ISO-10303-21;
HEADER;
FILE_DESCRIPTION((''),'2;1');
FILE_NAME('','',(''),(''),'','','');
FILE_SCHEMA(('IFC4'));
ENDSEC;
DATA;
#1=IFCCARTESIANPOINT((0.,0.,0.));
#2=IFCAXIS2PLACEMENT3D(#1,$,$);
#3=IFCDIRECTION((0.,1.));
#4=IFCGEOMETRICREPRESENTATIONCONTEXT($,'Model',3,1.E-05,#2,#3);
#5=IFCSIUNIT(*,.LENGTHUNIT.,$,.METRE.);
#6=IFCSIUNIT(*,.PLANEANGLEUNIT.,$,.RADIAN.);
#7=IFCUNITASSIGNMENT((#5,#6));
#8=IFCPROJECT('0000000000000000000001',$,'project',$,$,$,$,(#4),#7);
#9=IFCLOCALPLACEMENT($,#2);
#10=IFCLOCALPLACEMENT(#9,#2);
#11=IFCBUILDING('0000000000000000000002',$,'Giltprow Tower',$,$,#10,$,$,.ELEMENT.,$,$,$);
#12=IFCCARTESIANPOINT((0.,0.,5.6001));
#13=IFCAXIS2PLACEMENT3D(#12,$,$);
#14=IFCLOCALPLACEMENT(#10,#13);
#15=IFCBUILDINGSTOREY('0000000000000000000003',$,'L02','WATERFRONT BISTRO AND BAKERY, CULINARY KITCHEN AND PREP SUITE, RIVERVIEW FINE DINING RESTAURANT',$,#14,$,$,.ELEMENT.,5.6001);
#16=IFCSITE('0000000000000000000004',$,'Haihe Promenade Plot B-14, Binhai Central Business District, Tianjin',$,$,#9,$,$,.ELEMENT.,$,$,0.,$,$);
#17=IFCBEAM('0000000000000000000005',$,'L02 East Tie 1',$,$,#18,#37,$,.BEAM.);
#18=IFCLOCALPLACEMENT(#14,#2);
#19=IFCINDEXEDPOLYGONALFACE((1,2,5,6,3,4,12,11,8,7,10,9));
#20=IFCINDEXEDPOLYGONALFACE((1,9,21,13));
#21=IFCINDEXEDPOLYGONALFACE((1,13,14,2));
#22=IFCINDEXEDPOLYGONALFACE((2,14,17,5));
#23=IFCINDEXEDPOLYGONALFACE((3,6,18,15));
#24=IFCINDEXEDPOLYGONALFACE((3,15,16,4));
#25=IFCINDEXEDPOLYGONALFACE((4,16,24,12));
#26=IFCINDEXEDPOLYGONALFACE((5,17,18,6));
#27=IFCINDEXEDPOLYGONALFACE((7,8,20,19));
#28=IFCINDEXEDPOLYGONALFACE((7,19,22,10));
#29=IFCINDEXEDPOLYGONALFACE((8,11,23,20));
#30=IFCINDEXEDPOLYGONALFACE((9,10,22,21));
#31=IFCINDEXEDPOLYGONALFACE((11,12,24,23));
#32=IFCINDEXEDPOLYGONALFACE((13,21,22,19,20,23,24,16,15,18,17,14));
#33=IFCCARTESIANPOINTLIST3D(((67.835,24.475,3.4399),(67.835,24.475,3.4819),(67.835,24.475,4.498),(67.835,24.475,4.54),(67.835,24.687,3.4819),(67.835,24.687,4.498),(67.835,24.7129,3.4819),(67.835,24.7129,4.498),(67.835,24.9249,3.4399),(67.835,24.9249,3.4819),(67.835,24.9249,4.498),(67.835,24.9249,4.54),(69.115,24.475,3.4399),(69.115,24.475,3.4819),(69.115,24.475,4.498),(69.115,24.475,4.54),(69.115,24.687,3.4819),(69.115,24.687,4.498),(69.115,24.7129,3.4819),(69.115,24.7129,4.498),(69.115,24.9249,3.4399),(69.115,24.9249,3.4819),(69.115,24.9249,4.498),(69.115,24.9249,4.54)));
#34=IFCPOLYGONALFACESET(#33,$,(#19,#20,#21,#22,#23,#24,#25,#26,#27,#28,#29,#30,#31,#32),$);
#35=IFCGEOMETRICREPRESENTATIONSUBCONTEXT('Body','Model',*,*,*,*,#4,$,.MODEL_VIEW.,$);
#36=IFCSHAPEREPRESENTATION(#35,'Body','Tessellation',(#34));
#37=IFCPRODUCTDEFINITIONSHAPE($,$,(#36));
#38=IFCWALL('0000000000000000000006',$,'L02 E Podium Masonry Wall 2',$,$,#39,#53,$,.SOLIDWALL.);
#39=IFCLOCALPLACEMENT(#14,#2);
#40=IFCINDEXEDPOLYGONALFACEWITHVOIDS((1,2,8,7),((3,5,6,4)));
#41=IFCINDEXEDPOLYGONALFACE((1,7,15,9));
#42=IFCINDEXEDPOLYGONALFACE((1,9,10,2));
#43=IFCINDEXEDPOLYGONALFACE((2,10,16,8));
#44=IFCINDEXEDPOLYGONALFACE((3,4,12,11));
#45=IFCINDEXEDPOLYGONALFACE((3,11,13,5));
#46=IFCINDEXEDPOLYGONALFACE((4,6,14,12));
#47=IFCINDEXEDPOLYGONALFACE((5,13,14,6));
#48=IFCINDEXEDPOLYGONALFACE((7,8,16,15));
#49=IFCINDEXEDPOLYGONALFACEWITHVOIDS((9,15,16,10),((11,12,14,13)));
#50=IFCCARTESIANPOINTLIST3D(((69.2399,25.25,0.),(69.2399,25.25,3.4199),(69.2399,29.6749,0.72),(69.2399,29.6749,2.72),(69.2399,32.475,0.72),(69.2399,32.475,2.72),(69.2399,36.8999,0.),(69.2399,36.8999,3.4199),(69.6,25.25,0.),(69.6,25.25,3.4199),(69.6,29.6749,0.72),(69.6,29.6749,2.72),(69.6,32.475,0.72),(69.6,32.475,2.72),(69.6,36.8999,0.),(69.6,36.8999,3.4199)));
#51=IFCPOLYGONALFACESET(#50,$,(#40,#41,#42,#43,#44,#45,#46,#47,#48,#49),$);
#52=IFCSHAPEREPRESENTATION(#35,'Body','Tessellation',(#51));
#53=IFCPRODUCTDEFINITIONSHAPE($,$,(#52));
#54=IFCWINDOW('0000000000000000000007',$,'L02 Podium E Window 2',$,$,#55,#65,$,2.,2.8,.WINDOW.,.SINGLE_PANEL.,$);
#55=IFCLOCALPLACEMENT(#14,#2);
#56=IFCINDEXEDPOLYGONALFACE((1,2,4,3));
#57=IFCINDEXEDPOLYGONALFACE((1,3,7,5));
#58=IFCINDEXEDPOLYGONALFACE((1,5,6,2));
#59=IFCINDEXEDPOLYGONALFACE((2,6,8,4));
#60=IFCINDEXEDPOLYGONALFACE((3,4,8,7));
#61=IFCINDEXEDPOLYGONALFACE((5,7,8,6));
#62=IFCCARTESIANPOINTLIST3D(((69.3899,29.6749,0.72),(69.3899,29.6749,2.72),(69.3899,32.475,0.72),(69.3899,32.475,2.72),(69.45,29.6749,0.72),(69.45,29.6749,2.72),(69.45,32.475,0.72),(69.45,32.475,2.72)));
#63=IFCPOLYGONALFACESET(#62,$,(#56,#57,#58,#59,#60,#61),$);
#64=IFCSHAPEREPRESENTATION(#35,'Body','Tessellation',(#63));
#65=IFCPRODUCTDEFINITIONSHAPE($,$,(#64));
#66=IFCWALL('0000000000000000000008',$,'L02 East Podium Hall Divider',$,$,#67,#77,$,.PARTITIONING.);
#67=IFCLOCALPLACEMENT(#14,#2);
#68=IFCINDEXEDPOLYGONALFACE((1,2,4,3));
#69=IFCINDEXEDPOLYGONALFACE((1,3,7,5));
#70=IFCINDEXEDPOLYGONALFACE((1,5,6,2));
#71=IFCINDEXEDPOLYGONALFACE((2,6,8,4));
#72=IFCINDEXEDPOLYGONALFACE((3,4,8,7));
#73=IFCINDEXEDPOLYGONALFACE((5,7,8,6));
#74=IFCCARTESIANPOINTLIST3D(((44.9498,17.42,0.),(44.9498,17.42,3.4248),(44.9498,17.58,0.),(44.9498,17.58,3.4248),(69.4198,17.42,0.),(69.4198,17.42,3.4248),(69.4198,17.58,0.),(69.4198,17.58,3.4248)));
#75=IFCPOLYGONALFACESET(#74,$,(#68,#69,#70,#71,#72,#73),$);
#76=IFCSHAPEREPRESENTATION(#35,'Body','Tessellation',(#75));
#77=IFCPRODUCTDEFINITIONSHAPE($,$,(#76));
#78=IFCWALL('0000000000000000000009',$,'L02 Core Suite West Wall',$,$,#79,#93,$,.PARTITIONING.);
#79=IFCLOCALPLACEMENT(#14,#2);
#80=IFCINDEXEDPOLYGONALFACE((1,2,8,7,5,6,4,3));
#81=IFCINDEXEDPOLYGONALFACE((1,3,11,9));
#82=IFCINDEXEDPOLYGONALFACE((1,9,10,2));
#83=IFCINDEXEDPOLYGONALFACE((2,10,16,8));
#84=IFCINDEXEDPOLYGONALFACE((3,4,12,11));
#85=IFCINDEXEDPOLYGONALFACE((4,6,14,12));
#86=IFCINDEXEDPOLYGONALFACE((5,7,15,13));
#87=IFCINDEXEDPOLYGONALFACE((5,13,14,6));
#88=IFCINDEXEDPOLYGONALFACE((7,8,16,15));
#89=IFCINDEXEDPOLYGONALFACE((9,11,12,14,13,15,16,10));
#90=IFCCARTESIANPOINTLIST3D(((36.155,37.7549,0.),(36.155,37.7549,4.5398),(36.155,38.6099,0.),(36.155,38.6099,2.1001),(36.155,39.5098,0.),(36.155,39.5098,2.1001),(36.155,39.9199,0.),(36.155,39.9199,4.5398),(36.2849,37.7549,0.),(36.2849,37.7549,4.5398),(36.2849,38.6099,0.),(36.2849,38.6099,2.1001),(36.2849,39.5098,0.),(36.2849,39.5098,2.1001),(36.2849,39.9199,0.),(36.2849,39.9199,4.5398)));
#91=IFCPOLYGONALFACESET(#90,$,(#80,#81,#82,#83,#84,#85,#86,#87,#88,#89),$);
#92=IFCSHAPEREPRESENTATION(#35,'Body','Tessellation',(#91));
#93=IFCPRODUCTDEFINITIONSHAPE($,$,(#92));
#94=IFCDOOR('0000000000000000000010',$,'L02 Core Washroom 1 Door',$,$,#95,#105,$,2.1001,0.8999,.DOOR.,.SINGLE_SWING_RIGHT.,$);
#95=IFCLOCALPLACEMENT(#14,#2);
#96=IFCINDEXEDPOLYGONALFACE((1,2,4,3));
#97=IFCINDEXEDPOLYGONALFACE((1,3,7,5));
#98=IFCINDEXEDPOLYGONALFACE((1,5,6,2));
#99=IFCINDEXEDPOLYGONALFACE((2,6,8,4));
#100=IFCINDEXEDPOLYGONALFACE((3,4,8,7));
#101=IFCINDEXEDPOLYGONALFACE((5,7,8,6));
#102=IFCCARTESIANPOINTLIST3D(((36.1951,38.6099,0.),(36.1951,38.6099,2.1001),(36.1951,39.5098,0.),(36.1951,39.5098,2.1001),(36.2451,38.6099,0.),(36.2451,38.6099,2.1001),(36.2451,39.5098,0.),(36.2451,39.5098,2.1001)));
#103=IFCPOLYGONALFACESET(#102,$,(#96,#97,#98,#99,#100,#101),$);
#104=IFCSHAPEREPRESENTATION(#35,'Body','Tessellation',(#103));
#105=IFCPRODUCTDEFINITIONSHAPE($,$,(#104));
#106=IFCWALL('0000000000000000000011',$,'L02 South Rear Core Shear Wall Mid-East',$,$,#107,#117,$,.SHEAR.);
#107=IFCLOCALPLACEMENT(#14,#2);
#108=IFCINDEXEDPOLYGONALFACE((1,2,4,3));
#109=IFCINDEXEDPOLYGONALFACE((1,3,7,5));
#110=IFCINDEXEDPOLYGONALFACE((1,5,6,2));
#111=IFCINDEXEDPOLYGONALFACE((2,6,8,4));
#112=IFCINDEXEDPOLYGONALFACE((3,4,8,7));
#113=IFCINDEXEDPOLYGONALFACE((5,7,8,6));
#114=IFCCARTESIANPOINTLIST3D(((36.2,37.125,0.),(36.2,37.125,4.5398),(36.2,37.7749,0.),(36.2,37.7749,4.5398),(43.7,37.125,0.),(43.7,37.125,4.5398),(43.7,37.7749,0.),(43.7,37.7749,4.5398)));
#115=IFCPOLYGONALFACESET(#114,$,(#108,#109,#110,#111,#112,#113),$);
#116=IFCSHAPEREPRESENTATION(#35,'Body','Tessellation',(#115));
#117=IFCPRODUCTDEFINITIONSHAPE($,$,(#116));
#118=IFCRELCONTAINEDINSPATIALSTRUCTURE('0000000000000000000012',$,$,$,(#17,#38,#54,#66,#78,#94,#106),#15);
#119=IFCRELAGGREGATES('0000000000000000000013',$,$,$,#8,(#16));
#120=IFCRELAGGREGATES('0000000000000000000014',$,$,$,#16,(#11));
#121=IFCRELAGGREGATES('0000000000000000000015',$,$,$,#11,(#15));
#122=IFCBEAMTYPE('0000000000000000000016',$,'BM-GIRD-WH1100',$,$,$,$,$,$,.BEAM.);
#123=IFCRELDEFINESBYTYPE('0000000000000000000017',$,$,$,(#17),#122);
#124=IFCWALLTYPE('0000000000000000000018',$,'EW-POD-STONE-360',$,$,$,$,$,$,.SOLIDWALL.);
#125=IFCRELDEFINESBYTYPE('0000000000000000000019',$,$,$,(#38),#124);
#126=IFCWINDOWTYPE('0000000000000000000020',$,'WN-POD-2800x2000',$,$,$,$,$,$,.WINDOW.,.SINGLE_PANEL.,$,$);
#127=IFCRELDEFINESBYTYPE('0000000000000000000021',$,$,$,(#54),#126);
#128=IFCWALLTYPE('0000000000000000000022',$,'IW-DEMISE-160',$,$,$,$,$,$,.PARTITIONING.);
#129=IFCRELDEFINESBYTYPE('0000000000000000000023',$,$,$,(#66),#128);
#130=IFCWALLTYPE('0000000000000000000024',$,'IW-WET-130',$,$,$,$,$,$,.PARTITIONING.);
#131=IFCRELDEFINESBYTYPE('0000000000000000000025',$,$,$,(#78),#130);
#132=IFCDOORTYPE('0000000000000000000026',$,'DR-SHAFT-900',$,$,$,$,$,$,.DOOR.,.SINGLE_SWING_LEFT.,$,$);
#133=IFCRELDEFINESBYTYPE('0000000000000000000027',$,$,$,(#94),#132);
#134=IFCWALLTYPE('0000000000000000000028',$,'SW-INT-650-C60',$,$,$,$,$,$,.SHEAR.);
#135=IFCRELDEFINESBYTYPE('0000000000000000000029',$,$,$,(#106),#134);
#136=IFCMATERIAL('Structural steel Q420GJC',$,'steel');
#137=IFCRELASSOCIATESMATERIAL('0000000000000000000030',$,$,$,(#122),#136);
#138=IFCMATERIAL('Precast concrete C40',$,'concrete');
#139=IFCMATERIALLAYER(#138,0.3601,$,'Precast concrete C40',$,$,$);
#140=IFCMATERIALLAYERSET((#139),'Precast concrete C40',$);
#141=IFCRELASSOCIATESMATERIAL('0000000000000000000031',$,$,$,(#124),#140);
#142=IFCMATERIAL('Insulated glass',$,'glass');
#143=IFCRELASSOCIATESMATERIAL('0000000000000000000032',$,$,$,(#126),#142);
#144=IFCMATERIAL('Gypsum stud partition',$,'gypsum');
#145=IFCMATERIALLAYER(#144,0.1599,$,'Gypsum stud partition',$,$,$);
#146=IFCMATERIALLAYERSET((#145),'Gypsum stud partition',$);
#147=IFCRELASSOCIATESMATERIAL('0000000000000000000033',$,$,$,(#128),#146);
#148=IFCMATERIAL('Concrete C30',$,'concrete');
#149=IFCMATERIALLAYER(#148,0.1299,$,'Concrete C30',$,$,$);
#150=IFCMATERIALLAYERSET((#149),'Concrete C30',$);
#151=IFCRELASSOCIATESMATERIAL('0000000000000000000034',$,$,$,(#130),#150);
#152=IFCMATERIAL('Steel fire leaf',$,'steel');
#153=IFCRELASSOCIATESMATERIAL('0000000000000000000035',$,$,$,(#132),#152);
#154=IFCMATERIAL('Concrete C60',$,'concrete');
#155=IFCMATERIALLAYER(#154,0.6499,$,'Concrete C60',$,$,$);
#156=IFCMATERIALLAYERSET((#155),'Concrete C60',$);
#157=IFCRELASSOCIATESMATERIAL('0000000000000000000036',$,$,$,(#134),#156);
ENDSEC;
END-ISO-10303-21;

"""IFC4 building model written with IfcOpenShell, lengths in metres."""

from ifc_helpers import new_model, si_unit, direction, frame, frame_2d, origin, origin_2d, place, context, subcontext, project, spatial, rectangle, i_section, extrude, source, transform, mapped, material, layer, layer_set, material_profile, profile_set, type_object, element, fill, save


model = new_model("IFC4")

# Units and contexts
model_context = context("Model", 3, precision=1e-05, world=origin(), true_north=direction((0.0, 1.0)))
body_context = subcontext(model_context, "Body", "Model", "MODEL_VIEW")
ifc_project = project(units=[si_unit("LENGTHUNIT", "METRE"), si_unit("PLANEANGLEUNIT", "RADIAN")], contexts=[model_context])

# Site, building, storey
site_placement = place(None, origin())
site = spatial("IfcSite", under=ifc_project, at=site_placement, Name="Haihe Promenade Plot B-14, Binhai Central Business District, Tianjin", CompositionType="ELEMENT", RefElevation=0.0)
building_placement = place(site_placement, origin())
building = spatial("IfcBuilding", under=site, at=building_placement, Name="Giltprow Tower", CompositionType="ELEMENT")
storey_placement = place(building_placement, frame((0.0, 0.0, 5.6001)))
storey = spatial("IfcBuildingStorey", under=building, at=storey_placement, Name="L02", Description="WATERFRONT BISTRO AND BAKERY, CULINARY KITCHEN AND PREP SUITE, RIVERVIEW FINE DINING RESTAURANT", CompositionType="ELEMENT", Elevation=5.6001)

# Shared definitions
ifc_material_1 = material(Name="Concrete C60", Category="concrete")
ifc_material_2 = material(Name="Structural steel Q420GJC", Category="steel")

# Beam
ifc_material_profile_1 = material_profile(ifc_material_2, i_section(OverallWidth=0.45, OverallDepth=1.1001, WebThickness=0.0259, FlangeThickness=0.042, at=origin_2d()), Name="WH 1100x450x26x42")
ifc_profile_set_1 = profile_set([ifc_material_profile_1], Name="Structural steel Q420GJC")
beam_type = type_object("IfcBeamType", Name="BM-GIRD-WH1100", PredefinedType="BEAM", material=ifc_profile_set_1)
shared_shape_1 = source(origin(), body_context, "Body", "SweptSolid", [
    extrude(i_section(OverallWidth=0.45, OverallDepth=1.1001, WebThickness=0.0259, FlangeThickness=0.042, at=origin_2d()), origin(), (0.0, 0.0, 1.0), 1.28),
])
beam_1_placement = place(storey_placement, frame((67.835, 24.7, 3.99), z_axis=(1.0, 0.0, 0.0), x_axis=(0.0, 1.0, 0.0)))
element("IfcBeam", 1, at=beam_1_placement, inside=storey, type_object=beam_type, Name="L02 East Tie 1", PredefinedType="BEAM", context=body_context, shape_type="MappedRepresentation", body=[
    mapped(shared_shape_1, transform((0.0, 0.0, 0.0), x_axis=(1.0, 0.0, 0.0), y_axis=(0.0, 1.0, 0.0), z_axis=(0.0, 0.0, 1.0), scale=1.0)),
])

# Wall, opening, window
ifc_material_3 = material(Name="Precast concrete C40", Category="concrete")
ifc_layer_1 = layer(ifc_material_3, 0.3601, Name="Precast concrete C40")
ifc_layer_set_1 = layer_set([ifc_layer_1], Name="Precast concrete C40")
wall_type_1 = type_object("IfcWallType", Name="EW-POD-STONE-360", PredefinedType="SOLIDWALL", material=ifc_layer_set_1)
wall_1_placement = place(storey_placement, frame((69.4199, 25.25, 0.0), z_axis=(0.0, 0.0, 1.0), x_axis=(0.0, 1.0, 0.0)))
wall_1 = element("IfcWall", 2, at=wall_1_placement, inside=storey, type_object=wall_type_1, Name="L02 E Podium Masonry Wall 2", PredefinedType="SOLIDWALL", context=body_context, shape_type="SweptSolid", body=[
    extrude(rectangle(XDim=11.6499, YDim=0.3601, at=frame_2d((5.825, 0.0))), origin(), (0.0, 0.0, 1.0), 3.4199),
])
opening_1_placement = place(wall_1_placement, frame((4.425, 0.0, 0.72)))
opening_1 = element("IfcOpeningElement", 3, at=opening_1_placement, cuts=wall_1, PredefinedType="OPENING", context=body_context, shape_type="SweptSolid", body=[
    extrude(rectangle(XDim=2.8, YDim=2.0, at=frame_2d((1.3999, 1.0))), frame((0.0, 0.1899, 0.0), z_axis=(0.0, -1.0, 0.0), x_axis=(1.0, 0.0, 0.0)), (0.0, 0.0, 1.0), 0.3801),
])
ifc_material_4 = material(Name="Insulated glass", Category="glass")
window_type = type_object("IfcWindowType", Name="WN-POD-2800x2000", PartitioningType="SINGLE_PANEL", PredefinedType="WINDOW", material=ifc_material_4)
shared_shape_2 = source(origin(), body_context, "Body", "SweptSolid", [
    extrude(rectangle(XDim=2.8, YDim=2.0, at=frame_2d((1.3999, 1.0))), frame((0.0, 0.03, 0.0), z_axis=(0.0, -1.0, 0.0), x_axis=(1.0, 0.0, 0.0)), (0.0, 0.0, 1.0), 0.0601),
])
window_placement = place(opening_1_placement, origin())
window = element("IfcWindow", 4, at=window_placement, inside=storey, type_object=window_type, Name="L02 Podium E Window 2", OverallHeight=2.0, OverallWidth=2.8, PartitioningType="SINGLE_PANEL", PredefinedType="WINDOW", context=body_context, shape_type="MappedRepresentation", body=[
    mapped(shared_shape_2, transform((0.0, 0.0, 0.0), x_axis=(1.0, 0.0, 0.0), y_axis=(0.0, 1.0, 0.0), z_axis=(0.0, 0.0, 1.0), scale=1.0)),
])
fill(opening_1, window)

# Wall
ifc_material_5 = material(Name="Gypsum stud partition", Category="gypsum")
ifc_layer_2 = layer(ifc_material_5, 0.1599, Name="Gypsum stud partition")
ifc_layer_set_2 = layer_set([ifc_layer_2], Name="Gypsum stud partition")
wall_type_2 = type_object("IfcWallType", Name="IW-DEMISE-160", PredefinedType="PARTITIONING", material=ifc_layer_set_2)
wall_2_placement = place(storey_placement, frame((44.95, 17.5, 0.0), z_axis=(0.0, 0.0, 1.0), x_axis=(1.0, 0.0, 0.0)))
element("IfcWall", 5, at=wall_2_placement, inside=storey, type_object=wall_type_2, Name="L02 East Podium Hall Divider", PredefinedType="PARTITIONING", context=body_context, shape_type="SweptSolid", body=[
    extrude(rectangle(XDim=24.47, YDim=0.1599, at=frame_2d((12.2349, 0.0))), origin(), (0.0, 0.0, 1.0), 3.4248),
])

# Wall, opening, door
ifc_material_6 = material(Name="Concrete C30", Category="concrete")
ifc_layer_3 = layer(ifc_material_6, 0.1299, Name="Concrete C30")
ifc_layer_set_3 = layer_set([ifc_layer_3], Name="Concrete C30")
wall_type_3 = type_object("IfcWallType", Name="IW-WET-130", PredefinedType="PARTITIONING", material=ifc_layer_set_3)
wall_3_placement = place(storey_placement, frame((36.22, 37.7549, 0.0), z_axis=(0.0, 0.0, 1.0), x_axis=(0.0, 1.0, 0.0)))
wall_3 = element("IfcWall", 6, at=wall_3_placement, inside=storey, type_object=wall_type_3, Name="L02 Core Suite West Wall", PredefinedType="PARTITIONING", context=body_context, shape_type="SweptSolid", body=[
    extrude(rectangle(XDim=2.165, YDim=0.1299, at=frame_2d((1.0825, 0.0))), origin(), (0.0, 0.0, 1.0), 4.5398),
])
opening_2_placement = place(wall_3_placement, frame((0.855, 0.0, 0.0)))
opening_2 = element("IfcOpeningElement", 7, at=opening_2_placement, cuts=wall_3, PredefinedType="OPENING", context=body_context, shape_type="SweptSolid", body=[
    extrude(rectangle(XDim=0.8999, YDim=2.1001, at=frame_2d((0.45, 1.05))), frame((0.0, 0.075, 0.0), z_axis=(0.0, -1.0, 0.0), x_axis=(1.0, 0.0, 0.0)), (0.0, 0.0, 1.0), 0.1499),
])
ifc_material_7 = material(Name="Steel fire leaf", Category="steel")
door_type_1 = type_object("IfcDoorType", Name="DR-SHAFT-900", OperationType="SINGLE_SWING_LEFT", PredefinedType="DOOR", material=ifc_material_7)
shared_shape_3 = source(origin(), body_context, "Body", "SweptSolid", [
    extrude(rectangle(XDim=0.8999, YDim=2.1001, at=frame_2d((0.45, 1.05))), frame((0.0, 0.0249, 0.0), z_axis=(0.0, -1.0, 0.0), x_axis=(1.0, 0.0, 0.0)), (0.0, 0.0, 1.0), 0.05),
])
door_1_placement = place(opening_2_placement, origin())
door_1 = element("IfcDoor", 8, at=door_1_placement, inside=storey, type_object=door_type_1, Name="L02 Core Washroom 1 Door", OperationType="SINGLE_SWING_RIGHT", OverallHeight=2.1001, OverallWidth=0.8999, PredefinedType="DOOR", context=body_context, shape_type="MappedRepresentation", body=[
    mapped(shared_shape_3, transform((0.0, 0.0, 0.0), x_axis=(1.0, 0.0, 0.0), y_axis=(0.0, 1.0, 0.0), z_axis=(0.0, 0.0, 1.0), scale=1.0)),
])
fill(opening_2, door_1)

# Wall
ifc_layer_4 = layer(ifc_material_1, 0.6499, Name="Concrete C60")
ifc_layer_set_4 = layer_set([ifc_layer_4], Name="Concrete C60")
wall_type_4 = type_object("IfcWallType", Name="SW-INT-650-C60", PredefinedType="SHEAR", material=ifc_layer_set_4)
wall_4_placement = place(storey_placement, frame((36.2, 37.45, 0.0), z_axis=(0.0, 0.0, 1.0), x_axis=(1.0, 0.0, 0.0)))
element("IfcWall", 9, at=wall_4_placement, inside=storey, type_object=wall_type_4, Name="L02 South Rear Core Shear Wall Mid-East", PredefinedType="SHEAR", context=body_context, shape_type="SweptSolid", body=[
    extrude(rectangle(XDim=7.5, YDim=0.6499, at=frame_2d((3.75, 0.0))), origin(), (0.0, 0.0, 1.0), 4.5398),
])

save(model, "model.ifc")
